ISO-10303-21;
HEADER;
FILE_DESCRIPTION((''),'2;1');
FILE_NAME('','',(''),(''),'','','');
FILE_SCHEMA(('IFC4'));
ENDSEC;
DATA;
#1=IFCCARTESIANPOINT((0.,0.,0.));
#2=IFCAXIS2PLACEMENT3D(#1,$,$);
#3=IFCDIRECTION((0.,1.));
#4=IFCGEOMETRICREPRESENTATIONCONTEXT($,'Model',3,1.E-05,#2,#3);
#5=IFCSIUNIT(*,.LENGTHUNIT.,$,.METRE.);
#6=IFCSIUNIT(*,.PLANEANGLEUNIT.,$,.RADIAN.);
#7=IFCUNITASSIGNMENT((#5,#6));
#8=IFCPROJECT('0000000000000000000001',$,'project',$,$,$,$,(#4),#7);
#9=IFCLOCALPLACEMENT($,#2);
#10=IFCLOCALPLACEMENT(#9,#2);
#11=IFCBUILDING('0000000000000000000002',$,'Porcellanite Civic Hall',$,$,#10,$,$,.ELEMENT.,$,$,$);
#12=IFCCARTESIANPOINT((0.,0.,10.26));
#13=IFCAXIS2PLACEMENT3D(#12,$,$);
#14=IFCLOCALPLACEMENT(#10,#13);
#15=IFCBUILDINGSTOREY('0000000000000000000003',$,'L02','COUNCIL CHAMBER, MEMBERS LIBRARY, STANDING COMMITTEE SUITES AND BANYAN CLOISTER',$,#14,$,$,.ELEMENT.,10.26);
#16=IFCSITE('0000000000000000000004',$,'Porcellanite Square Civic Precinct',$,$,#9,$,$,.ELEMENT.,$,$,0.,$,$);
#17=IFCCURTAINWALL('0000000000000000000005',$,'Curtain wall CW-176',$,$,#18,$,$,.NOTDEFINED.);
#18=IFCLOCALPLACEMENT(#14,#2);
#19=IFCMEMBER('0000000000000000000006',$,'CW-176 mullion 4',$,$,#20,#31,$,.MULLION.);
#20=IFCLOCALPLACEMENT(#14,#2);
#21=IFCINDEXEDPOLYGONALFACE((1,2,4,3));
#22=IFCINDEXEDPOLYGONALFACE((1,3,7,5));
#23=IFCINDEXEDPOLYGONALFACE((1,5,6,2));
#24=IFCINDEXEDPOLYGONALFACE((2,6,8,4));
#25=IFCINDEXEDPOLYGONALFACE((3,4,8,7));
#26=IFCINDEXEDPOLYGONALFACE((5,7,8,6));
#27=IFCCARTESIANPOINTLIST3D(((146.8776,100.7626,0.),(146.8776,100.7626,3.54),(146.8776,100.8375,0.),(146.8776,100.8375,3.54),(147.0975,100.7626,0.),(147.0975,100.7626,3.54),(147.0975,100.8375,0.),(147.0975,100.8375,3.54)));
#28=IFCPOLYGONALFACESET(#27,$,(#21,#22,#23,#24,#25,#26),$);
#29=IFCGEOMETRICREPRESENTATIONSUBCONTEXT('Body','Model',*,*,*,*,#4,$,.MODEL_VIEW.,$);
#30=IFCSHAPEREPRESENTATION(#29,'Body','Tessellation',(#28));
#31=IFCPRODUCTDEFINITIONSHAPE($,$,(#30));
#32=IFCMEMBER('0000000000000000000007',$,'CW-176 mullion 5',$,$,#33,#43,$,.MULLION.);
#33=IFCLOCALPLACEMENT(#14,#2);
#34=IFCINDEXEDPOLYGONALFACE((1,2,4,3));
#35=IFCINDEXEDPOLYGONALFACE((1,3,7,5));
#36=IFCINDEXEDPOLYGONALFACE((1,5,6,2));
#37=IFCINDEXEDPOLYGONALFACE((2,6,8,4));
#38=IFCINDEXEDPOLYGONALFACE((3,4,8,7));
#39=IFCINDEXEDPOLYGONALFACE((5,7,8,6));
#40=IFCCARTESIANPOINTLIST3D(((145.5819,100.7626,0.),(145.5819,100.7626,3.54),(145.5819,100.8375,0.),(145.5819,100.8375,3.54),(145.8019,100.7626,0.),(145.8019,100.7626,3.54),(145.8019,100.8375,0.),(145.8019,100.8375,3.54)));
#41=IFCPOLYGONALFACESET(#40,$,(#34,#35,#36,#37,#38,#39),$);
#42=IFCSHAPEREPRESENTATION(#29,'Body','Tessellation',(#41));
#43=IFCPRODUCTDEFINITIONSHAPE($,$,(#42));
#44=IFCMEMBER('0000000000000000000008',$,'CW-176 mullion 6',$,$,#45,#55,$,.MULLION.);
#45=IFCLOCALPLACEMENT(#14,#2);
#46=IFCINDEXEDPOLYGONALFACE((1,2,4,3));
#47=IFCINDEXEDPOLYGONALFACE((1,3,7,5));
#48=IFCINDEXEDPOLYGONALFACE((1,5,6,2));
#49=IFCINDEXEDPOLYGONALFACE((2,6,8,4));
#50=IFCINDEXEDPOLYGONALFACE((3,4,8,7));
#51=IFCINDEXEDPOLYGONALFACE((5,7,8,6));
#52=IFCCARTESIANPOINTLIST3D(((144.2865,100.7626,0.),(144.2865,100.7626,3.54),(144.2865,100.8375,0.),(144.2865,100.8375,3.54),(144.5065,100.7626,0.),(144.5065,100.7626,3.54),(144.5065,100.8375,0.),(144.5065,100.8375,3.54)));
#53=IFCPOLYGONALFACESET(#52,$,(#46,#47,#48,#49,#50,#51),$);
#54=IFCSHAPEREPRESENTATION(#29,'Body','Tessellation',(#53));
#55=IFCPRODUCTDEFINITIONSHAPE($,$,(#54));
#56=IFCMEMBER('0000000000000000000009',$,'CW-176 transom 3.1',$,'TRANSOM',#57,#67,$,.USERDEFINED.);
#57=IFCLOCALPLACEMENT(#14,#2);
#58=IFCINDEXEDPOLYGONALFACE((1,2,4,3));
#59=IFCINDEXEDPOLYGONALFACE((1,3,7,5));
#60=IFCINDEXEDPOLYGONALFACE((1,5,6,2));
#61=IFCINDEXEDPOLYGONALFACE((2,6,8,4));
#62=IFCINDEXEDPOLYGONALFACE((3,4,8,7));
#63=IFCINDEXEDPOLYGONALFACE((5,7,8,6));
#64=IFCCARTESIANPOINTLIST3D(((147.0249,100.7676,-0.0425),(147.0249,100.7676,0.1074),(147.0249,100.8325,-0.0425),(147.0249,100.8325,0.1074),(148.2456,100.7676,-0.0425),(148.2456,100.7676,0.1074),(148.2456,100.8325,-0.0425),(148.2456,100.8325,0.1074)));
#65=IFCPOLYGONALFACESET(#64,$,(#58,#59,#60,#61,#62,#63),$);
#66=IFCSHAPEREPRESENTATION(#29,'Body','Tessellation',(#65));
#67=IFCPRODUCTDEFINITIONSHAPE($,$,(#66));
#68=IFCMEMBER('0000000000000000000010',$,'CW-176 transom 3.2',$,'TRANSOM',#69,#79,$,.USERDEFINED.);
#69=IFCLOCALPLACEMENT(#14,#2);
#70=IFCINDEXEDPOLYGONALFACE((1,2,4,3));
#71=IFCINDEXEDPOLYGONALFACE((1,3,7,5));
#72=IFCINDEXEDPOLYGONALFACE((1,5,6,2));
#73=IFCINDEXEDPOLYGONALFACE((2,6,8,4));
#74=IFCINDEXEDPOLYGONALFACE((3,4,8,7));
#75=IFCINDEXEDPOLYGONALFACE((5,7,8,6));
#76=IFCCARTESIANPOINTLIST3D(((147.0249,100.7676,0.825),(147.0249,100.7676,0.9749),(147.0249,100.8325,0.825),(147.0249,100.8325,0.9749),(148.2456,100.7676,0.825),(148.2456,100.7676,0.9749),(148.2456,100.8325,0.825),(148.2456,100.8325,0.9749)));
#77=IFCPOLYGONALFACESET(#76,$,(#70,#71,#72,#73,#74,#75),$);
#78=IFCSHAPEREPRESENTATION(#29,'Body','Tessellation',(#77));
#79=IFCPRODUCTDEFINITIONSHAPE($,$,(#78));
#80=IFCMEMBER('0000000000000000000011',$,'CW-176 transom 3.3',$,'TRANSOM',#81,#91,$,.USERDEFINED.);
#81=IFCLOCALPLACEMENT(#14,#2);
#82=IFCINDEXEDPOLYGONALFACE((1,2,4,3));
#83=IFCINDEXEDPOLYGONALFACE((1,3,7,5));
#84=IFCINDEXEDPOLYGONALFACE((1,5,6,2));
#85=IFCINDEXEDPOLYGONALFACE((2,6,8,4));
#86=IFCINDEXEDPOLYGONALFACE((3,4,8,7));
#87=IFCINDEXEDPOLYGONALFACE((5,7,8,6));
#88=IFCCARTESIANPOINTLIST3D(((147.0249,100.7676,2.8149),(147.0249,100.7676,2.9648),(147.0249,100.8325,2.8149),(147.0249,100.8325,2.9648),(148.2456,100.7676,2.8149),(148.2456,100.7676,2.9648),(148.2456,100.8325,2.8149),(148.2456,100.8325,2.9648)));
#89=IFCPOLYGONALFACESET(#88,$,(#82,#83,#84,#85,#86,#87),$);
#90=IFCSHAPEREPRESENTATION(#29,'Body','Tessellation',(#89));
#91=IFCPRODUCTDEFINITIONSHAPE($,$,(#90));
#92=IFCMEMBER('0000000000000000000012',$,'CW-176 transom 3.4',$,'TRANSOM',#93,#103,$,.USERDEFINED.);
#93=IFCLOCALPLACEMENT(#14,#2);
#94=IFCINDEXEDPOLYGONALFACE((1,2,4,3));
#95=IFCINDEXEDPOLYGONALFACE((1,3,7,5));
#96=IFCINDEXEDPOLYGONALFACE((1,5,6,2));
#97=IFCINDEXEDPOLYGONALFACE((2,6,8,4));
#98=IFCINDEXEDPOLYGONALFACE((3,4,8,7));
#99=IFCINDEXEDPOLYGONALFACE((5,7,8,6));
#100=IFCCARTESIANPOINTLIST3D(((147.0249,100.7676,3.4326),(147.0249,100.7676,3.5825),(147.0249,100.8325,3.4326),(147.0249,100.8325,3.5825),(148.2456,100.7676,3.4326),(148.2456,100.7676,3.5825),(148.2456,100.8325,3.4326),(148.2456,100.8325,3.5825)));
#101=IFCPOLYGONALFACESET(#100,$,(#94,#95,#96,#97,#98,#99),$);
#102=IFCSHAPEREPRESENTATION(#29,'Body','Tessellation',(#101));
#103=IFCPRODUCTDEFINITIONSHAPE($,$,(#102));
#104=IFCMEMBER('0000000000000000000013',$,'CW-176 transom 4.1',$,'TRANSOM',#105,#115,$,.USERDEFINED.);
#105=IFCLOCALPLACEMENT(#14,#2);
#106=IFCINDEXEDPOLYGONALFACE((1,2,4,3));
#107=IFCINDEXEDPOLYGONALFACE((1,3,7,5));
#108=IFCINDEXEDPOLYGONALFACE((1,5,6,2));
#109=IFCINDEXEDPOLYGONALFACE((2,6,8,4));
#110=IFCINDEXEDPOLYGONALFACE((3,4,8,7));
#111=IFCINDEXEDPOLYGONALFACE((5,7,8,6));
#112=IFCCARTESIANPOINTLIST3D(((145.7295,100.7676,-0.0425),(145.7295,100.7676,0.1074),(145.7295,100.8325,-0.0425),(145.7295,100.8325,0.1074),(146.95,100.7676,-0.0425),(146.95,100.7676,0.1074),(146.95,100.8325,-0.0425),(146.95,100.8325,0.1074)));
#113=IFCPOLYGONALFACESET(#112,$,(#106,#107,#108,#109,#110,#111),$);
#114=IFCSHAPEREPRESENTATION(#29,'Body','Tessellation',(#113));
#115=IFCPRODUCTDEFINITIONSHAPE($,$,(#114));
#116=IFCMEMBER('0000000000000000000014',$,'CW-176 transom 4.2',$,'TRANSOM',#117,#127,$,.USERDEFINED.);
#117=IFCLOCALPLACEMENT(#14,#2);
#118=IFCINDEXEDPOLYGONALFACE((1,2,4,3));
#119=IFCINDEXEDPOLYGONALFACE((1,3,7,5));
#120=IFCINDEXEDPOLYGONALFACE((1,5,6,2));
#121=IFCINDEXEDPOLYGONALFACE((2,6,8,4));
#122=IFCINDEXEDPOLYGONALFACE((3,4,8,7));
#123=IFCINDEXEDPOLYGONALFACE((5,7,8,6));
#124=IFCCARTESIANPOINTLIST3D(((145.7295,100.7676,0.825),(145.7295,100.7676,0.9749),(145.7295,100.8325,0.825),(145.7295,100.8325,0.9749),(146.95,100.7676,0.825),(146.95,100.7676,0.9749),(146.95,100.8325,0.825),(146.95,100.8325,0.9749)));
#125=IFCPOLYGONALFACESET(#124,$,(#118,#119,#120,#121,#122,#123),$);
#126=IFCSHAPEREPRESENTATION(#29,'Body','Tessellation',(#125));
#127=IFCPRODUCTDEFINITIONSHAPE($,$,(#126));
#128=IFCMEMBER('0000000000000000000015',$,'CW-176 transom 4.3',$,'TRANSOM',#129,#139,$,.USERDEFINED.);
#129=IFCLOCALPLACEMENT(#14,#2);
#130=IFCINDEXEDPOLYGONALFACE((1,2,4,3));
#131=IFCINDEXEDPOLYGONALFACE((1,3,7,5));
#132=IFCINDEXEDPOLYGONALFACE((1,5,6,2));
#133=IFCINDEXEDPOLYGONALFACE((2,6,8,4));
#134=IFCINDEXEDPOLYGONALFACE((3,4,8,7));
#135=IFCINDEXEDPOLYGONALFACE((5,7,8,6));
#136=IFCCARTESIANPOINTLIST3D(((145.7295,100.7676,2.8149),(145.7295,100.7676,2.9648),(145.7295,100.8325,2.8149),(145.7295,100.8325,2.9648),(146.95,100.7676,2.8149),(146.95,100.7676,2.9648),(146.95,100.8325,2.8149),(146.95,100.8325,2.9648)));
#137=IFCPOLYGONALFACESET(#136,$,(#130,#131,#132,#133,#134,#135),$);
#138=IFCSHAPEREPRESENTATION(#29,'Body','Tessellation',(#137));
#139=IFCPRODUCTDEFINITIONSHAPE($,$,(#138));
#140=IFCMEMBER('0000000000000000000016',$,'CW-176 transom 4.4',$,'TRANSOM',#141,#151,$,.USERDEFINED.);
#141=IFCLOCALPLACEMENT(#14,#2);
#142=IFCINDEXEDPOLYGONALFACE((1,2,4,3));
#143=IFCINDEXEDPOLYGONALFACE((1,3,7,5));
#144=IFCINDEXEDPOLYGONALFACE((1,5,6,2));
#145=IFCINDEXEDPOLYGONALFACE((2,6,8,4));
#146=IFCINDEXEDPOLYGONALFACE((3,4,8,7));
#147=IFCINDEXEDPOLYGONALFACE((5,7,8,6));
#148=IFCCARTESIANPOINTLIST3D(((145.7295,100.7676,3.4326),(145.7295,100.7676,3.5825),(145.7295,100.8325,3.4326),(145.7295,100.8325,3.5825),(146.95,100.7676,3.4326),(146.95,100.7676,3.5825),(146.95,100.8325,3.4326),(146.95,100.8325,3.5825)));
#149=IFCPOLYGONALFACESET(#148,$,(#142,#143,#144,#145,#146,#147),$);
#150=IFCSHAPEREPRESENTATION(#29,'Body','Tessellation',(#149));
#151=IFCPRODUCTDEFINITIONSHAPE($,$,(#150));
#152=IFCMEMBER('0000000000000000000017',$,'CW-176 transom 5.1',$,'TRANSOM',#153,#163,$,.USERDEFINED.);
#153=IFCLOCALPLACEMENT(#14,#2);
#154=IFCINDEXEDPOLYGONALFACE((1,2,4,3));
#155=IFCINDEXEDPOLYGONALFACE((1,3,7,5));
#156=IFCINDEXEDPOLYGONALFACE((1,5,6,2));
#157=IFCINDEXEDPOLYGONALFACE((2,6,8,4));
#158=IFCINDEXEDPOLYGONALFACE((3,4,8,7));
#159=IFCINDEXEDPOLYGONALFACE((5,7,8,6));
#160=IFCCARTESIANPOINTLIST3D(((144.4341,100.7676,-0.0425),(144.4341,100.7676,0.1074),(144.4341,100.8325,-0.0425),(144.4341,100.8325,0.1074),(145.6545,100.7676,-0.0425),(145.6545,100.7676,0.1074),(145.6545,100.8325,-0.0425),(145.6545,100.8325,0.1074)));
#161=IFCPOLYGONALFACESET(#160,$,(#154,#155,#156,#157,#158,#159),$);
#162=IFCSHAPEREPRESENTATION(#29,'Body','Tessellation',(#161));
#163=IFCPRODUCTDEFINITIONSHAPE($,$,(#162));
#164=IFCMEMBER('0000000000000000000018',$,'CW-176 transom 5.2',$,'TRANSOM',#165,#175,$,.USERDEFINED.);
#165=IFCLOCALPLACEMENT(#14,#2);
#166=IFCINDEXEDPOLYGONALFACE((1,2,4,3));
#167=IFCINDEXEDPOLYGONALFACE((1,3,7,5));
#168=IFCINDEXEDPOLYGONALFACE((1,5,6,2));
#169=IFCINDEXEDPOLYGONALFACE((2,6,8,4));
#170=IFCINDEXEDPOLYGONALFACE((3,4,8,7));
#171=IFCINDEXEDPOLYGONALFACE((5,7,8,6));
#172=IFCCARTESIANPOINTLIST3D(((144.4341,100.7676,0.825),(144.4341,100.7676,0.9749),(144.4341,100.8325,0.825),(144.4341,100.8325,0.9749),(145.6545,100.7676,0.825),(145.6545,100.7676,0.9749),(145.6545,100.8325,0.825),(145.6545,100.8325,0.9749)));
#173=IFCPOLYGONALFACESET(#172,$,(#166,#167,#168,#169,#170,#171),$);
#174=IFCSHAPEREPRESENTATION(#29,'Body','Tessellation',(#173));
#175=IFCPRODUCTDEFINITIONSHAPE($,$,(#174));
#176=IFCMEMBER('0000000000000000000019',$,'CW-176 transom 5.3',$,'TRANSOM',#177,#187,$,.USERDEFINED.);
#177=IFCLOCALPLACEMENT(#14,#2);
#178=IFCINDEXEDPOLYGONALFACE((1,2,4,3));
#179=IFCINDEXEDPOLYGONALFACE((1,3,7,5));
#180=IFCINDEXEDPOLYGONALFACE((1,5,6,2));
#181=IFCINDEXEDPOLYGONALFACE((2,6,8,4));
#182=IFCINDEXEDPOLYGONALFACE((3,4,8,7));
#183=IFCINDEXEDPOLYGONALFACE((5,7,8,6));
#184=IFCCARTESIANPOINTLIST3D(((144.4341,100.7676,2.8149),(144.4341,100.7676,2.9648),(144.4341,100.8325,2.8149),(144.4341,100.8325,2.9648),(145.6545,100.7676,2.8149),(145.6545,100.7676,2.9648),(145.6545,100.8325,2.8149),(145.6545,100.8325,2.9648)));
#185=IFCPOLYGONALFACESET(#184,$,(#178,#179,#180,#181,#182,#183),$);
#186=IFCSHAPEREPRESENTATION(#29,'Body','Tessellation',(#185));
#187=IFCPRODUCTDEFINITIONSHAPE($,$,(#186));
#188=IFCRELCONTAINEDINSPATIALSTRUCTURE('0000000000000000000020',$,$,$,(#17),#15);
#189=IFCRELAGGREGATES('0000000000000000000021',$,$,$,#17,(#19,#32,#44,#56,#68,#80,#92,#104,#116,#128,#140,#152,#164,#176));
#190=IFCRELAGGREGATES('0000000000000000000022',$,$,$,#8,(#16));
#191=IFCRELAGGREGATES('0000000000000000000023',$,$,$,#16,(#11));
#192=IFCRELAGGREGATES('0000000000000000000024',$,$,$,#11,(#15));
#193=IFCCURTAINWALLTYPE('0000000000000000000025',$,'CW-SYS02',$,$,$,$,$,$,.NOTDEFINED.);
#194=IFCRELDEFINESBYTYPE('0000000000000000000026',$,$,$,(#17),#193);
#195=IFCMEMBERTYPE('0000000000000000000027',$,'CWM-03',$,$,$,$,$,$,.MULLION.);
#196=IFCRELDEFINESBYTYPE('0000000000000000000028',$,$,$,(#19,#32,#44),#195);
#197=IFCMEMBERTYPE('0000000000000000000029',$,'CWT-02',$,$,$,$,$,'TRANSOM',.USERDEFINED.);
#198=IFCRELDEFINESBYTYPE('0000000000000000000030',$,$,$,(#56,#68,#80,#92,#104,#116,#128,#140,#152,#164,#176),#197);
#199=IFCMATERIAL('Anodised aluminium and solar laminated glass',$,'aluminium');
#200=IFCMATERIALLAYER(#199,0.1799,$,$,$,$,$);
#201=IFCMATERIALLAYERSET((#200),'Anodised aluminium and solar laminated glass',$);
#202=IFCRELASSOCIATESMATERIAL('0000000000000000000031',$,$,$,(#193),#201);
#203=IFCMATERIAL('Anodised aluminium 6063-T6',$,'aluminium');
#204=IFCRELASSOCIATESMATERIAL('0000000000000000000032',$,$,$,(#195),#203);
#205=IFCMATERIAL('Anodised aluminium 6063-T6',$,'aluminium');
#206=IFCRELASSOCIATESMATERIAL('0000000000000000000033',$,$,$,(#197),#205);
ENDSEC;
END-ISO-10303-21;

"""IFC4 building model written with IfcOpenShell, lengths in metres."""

from ifc_helpers import new_model, si_unit, direction, frame, origin, origin_2d, place, context, subcontext, project, spatial, rectangle, extrude, material, layer, layer_set, material_profile, profile_set, type_object, element, aggregate, save


model = new_model("IFC4")

# Units and contexts
model_context = context("Model", 3, precision=1e-05, world=origin(), true_north=direction((0.0, 1.0)))
body_context = subcontext(model_context, "Body", "Model", "MODEL_VIEW")
ifc_project = project(units=[si_unit("LENGTHUNIT", "METRE"), si_unit("PLANEANGLEUNIT", "RADIAN")], contexts=[model_context])

# Site, building, storey
site_placement = place(None, origin())
site = spatial("IfcSite", under=ifc_project, at=site_placement, Name="Porcellanite Square Civic Precinct", CompositionType="ELEMENT", RefElevation=0.0)
building_placement = place(site_placement, origin())
building = spatial("IfcBuilding", under=site, at=building_placement, Name="Porcellanite Civic Hall", CompositionType="ELEMENT")
storey_placement = place(building_placement, frame((0.0, 0.0, 10.26)))
storey = spatial("IfcBuildingStorey", under=building, at=storey_placement, Name="L02", Description="COUNCIL CHAMBER, MEMBERS LIBRARY, STANDING COMMITTEE SUITES AND BANYAN CLOISTER", CompositionType="ELEMENT", Elevation=10.26)

# Curtain wall, members
ifc_material_1 = material(Name="Anodised aluminium and solar laminated glass", Category="aluminium")
ifc_layer_1 = layer(ifc_material_1, 0.1799)
ifc_layer_set_1 = layer_set([ifc_layer_1], Name="Anodised aluminium and solar laminated glass")
curtain_wall_type = type_object("IfcCurtainWallType", Name="CW-SYS02", PredefinedType="NOTDEFINED", material=ifc_layer_set_1)
curtain_wall_placement = place(storey_placement, origin())
curtain_wall = element("IfcCurtainWall", 1, at=curtain_wall_placement, inside=storey, type_object=curtain_wall_type, Name="Curtain wall CW-176", PredefinedType="NOTDEFINED")
ifc_material_2 = material(Name="Anodised aluminium 6063-T6", Category="aluminium")
ifc_material_profile_1 = material_profile(ifc_material_2, rectangle(XDim=0.075, YDim=0.22, at=origin_2d()), Name="AL-75x220")
ifc_profile_set_1 = profile_set([ifc_material_profile_1], Name="Anodised aluminium 6063-T6")
member_type_1 = type_object("IfcMemberType", Name="CWM-03", PredefinedType="MULLION", material=ifc_profile_set_1)
member_1_placement = place(storey_placement, frame((146.9875, 100.8, 0.0), z_axis=(0.0, 0.0, 1.0), x_axis=(0.0, -1.0, 0.0)))
member_1 = element("IfcMember", 2, at=member_1_placement, type_object=member_type_1, Name="CW-176 mullion 4", PredefinedType="MULLION", context=body_context, shape_type="SweptSolid", body=[
    extrude(rectangle(XDim=0.075, YDim=0.22, at=origin_2d()), origin(), (0.0, 0.0, 1.0), 3.54),
])
member_2_placement = place(storey_placement, frame((145.6919, 100.8, 0.0), z_axis=(0.0, 0.0, 1.0), x_axis=(0.0, -1.0, 0.0)))
member_2 = element("IfcMember", 3, at=member_2_placement, type_object=member_type_1, Name="CW-176 mullion 5", PredefinedType="MULLION", context=body_context, shape_type="SweptSolid", body=[
    extrude(rectangle(XDim=0.075, YDim=0.22, at=origin_2d()), origin(), (0.0, 0.0, 1.0), 3.54),
])
member_3_placement = place(storey_placement, frame((144.3965, 100.8, 0.0), z_axis=(0.0, 0.0, 1.0), x_axis=(0.0, -1.0, 0.0)))
member_3 = element("IfcMember", 4, at=member_3_placement, type_object=member_type_1, Name="CW-176 mullion 6", PredefinedType="MULLION", context=body_context, shape_type="SweptSolid", body=[
    extrude(rectangle(XDim=0.075, YDim=0.22, at=origin_2d()), origin(), (0.0, 0.0, 1.0), 3.54),
])
ifc_material_3 = material(Name="Anodised aluminium 6063-T6", Category="aluminium")
ifc_material_profile_2 = material_profile(ifc_material_3, rectangle(XDim=0.0649, YDim=0.1499, at=origin_2d()), Name="AL-65x150")
ifc_profile_set_2 = profile_set([ifc_material_profile_2], Name="Anodised aluminium 6063-T6")
member_type_2 = type_object("IfcMemberType", Name="CWT-02", ElementType="TRANSOM", PredefinedType="USERDEFINED", material=ifc_profile_set_2)
member_4_placement = place(storey_placement, frame((148.2456, 100.8, 0.0325), z_axis=(-1.0, 0.0, 0.0), x_axis=(0.0, -1.0, 0.0)))
member_4 = element("IfcMember", 5, at=member_4_placement, type_object=member_type_2, Name="CW-176 transom 3.1", ObjectType="TRANSOM", PredefinedType="USERDEFINED", context=body_context, shape_type="SweptSolid", body=[
    extrude(rectangle(XDim=0.0649, YDim=0.1499, at=origin_2d()), origin(), (0.0, 0.0, 1.0), 1.2207),
])
member_5_placement = place(storey_placement, frame((148.2456, 100.8, 0.8999), z_axis=(-1.0, 0.0, 0.0), x_axis=(0.0, -1.0, 0.0)))
member_5 = element("IfcMember", 6, at=member_5_placement, type_object=member_type_2, Name="CW-176 transom 3.2", ObjectType="TRANSOM", PredefinedType="USERDEFINED", context=body_context, shape_type="SweptSolid", body=[
    extrude(rectangle(XDim=0.0649, YDim=0.1499, at=origin_2d()), origin(), (0.0, 0.0, 1.0), 1.2207),
])
member_6_placement = place(storey_placement, frame((148.2456, 100.8, 2.8899), z_axis=(-1.0, 0.0, 0.0), x_axis=(0.0, -1.0, 0.0)))
member_6 = element("IfcMember", 7, at=member_6_placement, type_object=member_type_2, Name="CW-176 transom 3.3", ObjectType="TRANSOM", PredefinedType="USERDEFINED", context=body_context, shape_type="SweptSolid", body=[
    extrude(rectangle(XDim=0.0649, YDim=0.1499, at=origin_2d()), origin(), (0.0, 0.0, 1.0), 1.2207),
])
member_7_placement = place(storey_placement, frame((148.2456, 100.8, 3.5076), z_axis=(-1.0, 0.0, 0.0), x_axis=(0.0, -1.0, 0.0)))
member_7 = element("IfcMember", 8, at=member_7_placement, type_object=member_type_2, Name="CW-176 transom 3.4", ObjectType="TRANSOM", PredefinedType="USERDEFINED", context=body_context, shape_type="SweptSolid", body=[
    extrude(rectangle(XDim=0.0649, YDim=0.1499, at=origin_2d()), origin(), (0.0, 0.0, 1.0), 1.2207),
])
member_8_placement = place(storey_placement, frame((146.95, 100.8, 0.0325), z_axis=(-1.0, 0.0, 0.0), x_axis=(0.0, -1.0, 0.0)))
member_8 = element("IfcMember", 9, at=member_8_placement, type_object=member_type_2, Name="CW-176 transom 4.1", ObjectType="TRANSOM", PredefinedType="USERDEFINED", context=body_context, shape_type="SweptSolid", body=[
    extrude(rectangle(XDim=0.0649, YDim=0.1499, at=origin_2d()), origin(), (0.0, 0.0, 1.0), 1.2205),
])
member_9_placement = place(storey_placement, frame((146.95, 100.8, 0.8999), z_axis=(-1.0, 0.0, 0.0), x_axis=(0.0, -1.0, 0.0)))
member_9 = element("IfcMember", 10, at=member_9_placement, type_object=member_type_2, Name="CW-176 transom 4.2", ObjectType="TRANSOM", PredefinedType="USERDEFINED", context=body_context, shape_type="SweptSolid", body=[
    extrude(rectangle(XDim=0.0649, YDim=0.1499, at=origin_2d()), origin(), (0.0, 0.0, 1.0), 1.2205),
])
member_10_placement = place(storey_placement, frame((146.95, 100.8, 2.8899), z_axis=(-1.0, 0.0, 0.0), x_axis=(0.0, -1.0, 0.0)))
member_10 = element("IfcMember", 11, at=member_10_placement, type_object=member_type_2, Name="CW-176 transom 4.3", ObjectType="TRANSOM", PredefinedType="USERDEFINED", context=body_context, shape_type="SweptSolid", body=[
    extrude(rectangle(XDim=0.0649, YDim=0.1499, at=origin_2d()), origin(), (0.0, 0.0, 1.0), 1.2205),
])
member_11_placement = place(storey_placement, frame((146.95, 100.8, 3.5076), z_axis=(-1.0, 0.0, 0.0), x_axis=(0.0, -1.0, 0.0)))
member_11 = element("IfcMember", 12, at=member_11_placement, type_object=member_type_2, Name="CW-176 transom 4.4", ObjectType="TRANSOM", PredefinedType="USERDEFINED", context=body_context, shape_type="SweptSolid", body=[
    extrude(rectangle(XDim=0.0649, YDim=0.1499, at=origin_2d()), origin(), (0.0, 0.0, 1.0), 1.2205),
])
member_12_placement = place(storey_placement, frame((145.6545, 100.8, 0.0325), z_axis=(-1.0, 0.0, 0.0), x_axis=(0.0, -1.0, 0.0)))
member_12 = element("IfcMember", 13, at=member_12_placement, type_object=member_type_2, Name="CW-176 transom 5.1", ObjectType="TRANSOM", PredefinedType="USERDEFINED", context=body_context, shape_type="SweptSolid", body=[
    extrude(rectangle(XDim=0.0649, YDim=0.1499, at=origin_2d()), origin(), (0.0, 0.0, 1.0), 1.2205),
])
member_13_placement = place(storey_placement, frame((145.6545, 100.8, 0.8999), z_axis=(-1.0, 0.0, 0.0), x_axis=(0.0, -1.0, 0.0)))
member_13 = element("IfcMember", 14, at=member_13_placement, type_object=member_type_2, Name="CW-176 transom 5.2", ObjectType="TRANSOM", PredefinedType="USERDEFINED", context=body_context, shape_type="SweptSolid", body=[
    extrude(rectangle(XDim=0.0649, YDim=0.1499, at=origin_2d()), origin(), (0.0, 0.0, 1.0), 1.2205),
])
member_14_placement = place(storey_placement, frame((145.6545, 100.8, 2.8899), z_axis=(-1.0, 0.0, 0.0), x_axis=(0.0, -1.0, 0.0)))
member_14 = element("IfcMember", 15, at=member_14_placement, type_object=member_type_2, Name="CW-176 transom 5.3", ObjectType="TRANSOM", PredefinedType="USERDEFINED", context=body_context, shape_type="SweptSolid", body=[
    extrude(rectangle(XDim=0.0649, YDim=0.1499, at=origin_2d()), origin(), (0.0, 0.0, 1.0), 1.2205),
])

aggregate(curtain_wall, [member_1, member_2, member_3, member_4, member_5, member_6, member_7, member_8, member_9, member_10, member_11, member_12, member_13, member_14])

save(model, "model.ifc")
